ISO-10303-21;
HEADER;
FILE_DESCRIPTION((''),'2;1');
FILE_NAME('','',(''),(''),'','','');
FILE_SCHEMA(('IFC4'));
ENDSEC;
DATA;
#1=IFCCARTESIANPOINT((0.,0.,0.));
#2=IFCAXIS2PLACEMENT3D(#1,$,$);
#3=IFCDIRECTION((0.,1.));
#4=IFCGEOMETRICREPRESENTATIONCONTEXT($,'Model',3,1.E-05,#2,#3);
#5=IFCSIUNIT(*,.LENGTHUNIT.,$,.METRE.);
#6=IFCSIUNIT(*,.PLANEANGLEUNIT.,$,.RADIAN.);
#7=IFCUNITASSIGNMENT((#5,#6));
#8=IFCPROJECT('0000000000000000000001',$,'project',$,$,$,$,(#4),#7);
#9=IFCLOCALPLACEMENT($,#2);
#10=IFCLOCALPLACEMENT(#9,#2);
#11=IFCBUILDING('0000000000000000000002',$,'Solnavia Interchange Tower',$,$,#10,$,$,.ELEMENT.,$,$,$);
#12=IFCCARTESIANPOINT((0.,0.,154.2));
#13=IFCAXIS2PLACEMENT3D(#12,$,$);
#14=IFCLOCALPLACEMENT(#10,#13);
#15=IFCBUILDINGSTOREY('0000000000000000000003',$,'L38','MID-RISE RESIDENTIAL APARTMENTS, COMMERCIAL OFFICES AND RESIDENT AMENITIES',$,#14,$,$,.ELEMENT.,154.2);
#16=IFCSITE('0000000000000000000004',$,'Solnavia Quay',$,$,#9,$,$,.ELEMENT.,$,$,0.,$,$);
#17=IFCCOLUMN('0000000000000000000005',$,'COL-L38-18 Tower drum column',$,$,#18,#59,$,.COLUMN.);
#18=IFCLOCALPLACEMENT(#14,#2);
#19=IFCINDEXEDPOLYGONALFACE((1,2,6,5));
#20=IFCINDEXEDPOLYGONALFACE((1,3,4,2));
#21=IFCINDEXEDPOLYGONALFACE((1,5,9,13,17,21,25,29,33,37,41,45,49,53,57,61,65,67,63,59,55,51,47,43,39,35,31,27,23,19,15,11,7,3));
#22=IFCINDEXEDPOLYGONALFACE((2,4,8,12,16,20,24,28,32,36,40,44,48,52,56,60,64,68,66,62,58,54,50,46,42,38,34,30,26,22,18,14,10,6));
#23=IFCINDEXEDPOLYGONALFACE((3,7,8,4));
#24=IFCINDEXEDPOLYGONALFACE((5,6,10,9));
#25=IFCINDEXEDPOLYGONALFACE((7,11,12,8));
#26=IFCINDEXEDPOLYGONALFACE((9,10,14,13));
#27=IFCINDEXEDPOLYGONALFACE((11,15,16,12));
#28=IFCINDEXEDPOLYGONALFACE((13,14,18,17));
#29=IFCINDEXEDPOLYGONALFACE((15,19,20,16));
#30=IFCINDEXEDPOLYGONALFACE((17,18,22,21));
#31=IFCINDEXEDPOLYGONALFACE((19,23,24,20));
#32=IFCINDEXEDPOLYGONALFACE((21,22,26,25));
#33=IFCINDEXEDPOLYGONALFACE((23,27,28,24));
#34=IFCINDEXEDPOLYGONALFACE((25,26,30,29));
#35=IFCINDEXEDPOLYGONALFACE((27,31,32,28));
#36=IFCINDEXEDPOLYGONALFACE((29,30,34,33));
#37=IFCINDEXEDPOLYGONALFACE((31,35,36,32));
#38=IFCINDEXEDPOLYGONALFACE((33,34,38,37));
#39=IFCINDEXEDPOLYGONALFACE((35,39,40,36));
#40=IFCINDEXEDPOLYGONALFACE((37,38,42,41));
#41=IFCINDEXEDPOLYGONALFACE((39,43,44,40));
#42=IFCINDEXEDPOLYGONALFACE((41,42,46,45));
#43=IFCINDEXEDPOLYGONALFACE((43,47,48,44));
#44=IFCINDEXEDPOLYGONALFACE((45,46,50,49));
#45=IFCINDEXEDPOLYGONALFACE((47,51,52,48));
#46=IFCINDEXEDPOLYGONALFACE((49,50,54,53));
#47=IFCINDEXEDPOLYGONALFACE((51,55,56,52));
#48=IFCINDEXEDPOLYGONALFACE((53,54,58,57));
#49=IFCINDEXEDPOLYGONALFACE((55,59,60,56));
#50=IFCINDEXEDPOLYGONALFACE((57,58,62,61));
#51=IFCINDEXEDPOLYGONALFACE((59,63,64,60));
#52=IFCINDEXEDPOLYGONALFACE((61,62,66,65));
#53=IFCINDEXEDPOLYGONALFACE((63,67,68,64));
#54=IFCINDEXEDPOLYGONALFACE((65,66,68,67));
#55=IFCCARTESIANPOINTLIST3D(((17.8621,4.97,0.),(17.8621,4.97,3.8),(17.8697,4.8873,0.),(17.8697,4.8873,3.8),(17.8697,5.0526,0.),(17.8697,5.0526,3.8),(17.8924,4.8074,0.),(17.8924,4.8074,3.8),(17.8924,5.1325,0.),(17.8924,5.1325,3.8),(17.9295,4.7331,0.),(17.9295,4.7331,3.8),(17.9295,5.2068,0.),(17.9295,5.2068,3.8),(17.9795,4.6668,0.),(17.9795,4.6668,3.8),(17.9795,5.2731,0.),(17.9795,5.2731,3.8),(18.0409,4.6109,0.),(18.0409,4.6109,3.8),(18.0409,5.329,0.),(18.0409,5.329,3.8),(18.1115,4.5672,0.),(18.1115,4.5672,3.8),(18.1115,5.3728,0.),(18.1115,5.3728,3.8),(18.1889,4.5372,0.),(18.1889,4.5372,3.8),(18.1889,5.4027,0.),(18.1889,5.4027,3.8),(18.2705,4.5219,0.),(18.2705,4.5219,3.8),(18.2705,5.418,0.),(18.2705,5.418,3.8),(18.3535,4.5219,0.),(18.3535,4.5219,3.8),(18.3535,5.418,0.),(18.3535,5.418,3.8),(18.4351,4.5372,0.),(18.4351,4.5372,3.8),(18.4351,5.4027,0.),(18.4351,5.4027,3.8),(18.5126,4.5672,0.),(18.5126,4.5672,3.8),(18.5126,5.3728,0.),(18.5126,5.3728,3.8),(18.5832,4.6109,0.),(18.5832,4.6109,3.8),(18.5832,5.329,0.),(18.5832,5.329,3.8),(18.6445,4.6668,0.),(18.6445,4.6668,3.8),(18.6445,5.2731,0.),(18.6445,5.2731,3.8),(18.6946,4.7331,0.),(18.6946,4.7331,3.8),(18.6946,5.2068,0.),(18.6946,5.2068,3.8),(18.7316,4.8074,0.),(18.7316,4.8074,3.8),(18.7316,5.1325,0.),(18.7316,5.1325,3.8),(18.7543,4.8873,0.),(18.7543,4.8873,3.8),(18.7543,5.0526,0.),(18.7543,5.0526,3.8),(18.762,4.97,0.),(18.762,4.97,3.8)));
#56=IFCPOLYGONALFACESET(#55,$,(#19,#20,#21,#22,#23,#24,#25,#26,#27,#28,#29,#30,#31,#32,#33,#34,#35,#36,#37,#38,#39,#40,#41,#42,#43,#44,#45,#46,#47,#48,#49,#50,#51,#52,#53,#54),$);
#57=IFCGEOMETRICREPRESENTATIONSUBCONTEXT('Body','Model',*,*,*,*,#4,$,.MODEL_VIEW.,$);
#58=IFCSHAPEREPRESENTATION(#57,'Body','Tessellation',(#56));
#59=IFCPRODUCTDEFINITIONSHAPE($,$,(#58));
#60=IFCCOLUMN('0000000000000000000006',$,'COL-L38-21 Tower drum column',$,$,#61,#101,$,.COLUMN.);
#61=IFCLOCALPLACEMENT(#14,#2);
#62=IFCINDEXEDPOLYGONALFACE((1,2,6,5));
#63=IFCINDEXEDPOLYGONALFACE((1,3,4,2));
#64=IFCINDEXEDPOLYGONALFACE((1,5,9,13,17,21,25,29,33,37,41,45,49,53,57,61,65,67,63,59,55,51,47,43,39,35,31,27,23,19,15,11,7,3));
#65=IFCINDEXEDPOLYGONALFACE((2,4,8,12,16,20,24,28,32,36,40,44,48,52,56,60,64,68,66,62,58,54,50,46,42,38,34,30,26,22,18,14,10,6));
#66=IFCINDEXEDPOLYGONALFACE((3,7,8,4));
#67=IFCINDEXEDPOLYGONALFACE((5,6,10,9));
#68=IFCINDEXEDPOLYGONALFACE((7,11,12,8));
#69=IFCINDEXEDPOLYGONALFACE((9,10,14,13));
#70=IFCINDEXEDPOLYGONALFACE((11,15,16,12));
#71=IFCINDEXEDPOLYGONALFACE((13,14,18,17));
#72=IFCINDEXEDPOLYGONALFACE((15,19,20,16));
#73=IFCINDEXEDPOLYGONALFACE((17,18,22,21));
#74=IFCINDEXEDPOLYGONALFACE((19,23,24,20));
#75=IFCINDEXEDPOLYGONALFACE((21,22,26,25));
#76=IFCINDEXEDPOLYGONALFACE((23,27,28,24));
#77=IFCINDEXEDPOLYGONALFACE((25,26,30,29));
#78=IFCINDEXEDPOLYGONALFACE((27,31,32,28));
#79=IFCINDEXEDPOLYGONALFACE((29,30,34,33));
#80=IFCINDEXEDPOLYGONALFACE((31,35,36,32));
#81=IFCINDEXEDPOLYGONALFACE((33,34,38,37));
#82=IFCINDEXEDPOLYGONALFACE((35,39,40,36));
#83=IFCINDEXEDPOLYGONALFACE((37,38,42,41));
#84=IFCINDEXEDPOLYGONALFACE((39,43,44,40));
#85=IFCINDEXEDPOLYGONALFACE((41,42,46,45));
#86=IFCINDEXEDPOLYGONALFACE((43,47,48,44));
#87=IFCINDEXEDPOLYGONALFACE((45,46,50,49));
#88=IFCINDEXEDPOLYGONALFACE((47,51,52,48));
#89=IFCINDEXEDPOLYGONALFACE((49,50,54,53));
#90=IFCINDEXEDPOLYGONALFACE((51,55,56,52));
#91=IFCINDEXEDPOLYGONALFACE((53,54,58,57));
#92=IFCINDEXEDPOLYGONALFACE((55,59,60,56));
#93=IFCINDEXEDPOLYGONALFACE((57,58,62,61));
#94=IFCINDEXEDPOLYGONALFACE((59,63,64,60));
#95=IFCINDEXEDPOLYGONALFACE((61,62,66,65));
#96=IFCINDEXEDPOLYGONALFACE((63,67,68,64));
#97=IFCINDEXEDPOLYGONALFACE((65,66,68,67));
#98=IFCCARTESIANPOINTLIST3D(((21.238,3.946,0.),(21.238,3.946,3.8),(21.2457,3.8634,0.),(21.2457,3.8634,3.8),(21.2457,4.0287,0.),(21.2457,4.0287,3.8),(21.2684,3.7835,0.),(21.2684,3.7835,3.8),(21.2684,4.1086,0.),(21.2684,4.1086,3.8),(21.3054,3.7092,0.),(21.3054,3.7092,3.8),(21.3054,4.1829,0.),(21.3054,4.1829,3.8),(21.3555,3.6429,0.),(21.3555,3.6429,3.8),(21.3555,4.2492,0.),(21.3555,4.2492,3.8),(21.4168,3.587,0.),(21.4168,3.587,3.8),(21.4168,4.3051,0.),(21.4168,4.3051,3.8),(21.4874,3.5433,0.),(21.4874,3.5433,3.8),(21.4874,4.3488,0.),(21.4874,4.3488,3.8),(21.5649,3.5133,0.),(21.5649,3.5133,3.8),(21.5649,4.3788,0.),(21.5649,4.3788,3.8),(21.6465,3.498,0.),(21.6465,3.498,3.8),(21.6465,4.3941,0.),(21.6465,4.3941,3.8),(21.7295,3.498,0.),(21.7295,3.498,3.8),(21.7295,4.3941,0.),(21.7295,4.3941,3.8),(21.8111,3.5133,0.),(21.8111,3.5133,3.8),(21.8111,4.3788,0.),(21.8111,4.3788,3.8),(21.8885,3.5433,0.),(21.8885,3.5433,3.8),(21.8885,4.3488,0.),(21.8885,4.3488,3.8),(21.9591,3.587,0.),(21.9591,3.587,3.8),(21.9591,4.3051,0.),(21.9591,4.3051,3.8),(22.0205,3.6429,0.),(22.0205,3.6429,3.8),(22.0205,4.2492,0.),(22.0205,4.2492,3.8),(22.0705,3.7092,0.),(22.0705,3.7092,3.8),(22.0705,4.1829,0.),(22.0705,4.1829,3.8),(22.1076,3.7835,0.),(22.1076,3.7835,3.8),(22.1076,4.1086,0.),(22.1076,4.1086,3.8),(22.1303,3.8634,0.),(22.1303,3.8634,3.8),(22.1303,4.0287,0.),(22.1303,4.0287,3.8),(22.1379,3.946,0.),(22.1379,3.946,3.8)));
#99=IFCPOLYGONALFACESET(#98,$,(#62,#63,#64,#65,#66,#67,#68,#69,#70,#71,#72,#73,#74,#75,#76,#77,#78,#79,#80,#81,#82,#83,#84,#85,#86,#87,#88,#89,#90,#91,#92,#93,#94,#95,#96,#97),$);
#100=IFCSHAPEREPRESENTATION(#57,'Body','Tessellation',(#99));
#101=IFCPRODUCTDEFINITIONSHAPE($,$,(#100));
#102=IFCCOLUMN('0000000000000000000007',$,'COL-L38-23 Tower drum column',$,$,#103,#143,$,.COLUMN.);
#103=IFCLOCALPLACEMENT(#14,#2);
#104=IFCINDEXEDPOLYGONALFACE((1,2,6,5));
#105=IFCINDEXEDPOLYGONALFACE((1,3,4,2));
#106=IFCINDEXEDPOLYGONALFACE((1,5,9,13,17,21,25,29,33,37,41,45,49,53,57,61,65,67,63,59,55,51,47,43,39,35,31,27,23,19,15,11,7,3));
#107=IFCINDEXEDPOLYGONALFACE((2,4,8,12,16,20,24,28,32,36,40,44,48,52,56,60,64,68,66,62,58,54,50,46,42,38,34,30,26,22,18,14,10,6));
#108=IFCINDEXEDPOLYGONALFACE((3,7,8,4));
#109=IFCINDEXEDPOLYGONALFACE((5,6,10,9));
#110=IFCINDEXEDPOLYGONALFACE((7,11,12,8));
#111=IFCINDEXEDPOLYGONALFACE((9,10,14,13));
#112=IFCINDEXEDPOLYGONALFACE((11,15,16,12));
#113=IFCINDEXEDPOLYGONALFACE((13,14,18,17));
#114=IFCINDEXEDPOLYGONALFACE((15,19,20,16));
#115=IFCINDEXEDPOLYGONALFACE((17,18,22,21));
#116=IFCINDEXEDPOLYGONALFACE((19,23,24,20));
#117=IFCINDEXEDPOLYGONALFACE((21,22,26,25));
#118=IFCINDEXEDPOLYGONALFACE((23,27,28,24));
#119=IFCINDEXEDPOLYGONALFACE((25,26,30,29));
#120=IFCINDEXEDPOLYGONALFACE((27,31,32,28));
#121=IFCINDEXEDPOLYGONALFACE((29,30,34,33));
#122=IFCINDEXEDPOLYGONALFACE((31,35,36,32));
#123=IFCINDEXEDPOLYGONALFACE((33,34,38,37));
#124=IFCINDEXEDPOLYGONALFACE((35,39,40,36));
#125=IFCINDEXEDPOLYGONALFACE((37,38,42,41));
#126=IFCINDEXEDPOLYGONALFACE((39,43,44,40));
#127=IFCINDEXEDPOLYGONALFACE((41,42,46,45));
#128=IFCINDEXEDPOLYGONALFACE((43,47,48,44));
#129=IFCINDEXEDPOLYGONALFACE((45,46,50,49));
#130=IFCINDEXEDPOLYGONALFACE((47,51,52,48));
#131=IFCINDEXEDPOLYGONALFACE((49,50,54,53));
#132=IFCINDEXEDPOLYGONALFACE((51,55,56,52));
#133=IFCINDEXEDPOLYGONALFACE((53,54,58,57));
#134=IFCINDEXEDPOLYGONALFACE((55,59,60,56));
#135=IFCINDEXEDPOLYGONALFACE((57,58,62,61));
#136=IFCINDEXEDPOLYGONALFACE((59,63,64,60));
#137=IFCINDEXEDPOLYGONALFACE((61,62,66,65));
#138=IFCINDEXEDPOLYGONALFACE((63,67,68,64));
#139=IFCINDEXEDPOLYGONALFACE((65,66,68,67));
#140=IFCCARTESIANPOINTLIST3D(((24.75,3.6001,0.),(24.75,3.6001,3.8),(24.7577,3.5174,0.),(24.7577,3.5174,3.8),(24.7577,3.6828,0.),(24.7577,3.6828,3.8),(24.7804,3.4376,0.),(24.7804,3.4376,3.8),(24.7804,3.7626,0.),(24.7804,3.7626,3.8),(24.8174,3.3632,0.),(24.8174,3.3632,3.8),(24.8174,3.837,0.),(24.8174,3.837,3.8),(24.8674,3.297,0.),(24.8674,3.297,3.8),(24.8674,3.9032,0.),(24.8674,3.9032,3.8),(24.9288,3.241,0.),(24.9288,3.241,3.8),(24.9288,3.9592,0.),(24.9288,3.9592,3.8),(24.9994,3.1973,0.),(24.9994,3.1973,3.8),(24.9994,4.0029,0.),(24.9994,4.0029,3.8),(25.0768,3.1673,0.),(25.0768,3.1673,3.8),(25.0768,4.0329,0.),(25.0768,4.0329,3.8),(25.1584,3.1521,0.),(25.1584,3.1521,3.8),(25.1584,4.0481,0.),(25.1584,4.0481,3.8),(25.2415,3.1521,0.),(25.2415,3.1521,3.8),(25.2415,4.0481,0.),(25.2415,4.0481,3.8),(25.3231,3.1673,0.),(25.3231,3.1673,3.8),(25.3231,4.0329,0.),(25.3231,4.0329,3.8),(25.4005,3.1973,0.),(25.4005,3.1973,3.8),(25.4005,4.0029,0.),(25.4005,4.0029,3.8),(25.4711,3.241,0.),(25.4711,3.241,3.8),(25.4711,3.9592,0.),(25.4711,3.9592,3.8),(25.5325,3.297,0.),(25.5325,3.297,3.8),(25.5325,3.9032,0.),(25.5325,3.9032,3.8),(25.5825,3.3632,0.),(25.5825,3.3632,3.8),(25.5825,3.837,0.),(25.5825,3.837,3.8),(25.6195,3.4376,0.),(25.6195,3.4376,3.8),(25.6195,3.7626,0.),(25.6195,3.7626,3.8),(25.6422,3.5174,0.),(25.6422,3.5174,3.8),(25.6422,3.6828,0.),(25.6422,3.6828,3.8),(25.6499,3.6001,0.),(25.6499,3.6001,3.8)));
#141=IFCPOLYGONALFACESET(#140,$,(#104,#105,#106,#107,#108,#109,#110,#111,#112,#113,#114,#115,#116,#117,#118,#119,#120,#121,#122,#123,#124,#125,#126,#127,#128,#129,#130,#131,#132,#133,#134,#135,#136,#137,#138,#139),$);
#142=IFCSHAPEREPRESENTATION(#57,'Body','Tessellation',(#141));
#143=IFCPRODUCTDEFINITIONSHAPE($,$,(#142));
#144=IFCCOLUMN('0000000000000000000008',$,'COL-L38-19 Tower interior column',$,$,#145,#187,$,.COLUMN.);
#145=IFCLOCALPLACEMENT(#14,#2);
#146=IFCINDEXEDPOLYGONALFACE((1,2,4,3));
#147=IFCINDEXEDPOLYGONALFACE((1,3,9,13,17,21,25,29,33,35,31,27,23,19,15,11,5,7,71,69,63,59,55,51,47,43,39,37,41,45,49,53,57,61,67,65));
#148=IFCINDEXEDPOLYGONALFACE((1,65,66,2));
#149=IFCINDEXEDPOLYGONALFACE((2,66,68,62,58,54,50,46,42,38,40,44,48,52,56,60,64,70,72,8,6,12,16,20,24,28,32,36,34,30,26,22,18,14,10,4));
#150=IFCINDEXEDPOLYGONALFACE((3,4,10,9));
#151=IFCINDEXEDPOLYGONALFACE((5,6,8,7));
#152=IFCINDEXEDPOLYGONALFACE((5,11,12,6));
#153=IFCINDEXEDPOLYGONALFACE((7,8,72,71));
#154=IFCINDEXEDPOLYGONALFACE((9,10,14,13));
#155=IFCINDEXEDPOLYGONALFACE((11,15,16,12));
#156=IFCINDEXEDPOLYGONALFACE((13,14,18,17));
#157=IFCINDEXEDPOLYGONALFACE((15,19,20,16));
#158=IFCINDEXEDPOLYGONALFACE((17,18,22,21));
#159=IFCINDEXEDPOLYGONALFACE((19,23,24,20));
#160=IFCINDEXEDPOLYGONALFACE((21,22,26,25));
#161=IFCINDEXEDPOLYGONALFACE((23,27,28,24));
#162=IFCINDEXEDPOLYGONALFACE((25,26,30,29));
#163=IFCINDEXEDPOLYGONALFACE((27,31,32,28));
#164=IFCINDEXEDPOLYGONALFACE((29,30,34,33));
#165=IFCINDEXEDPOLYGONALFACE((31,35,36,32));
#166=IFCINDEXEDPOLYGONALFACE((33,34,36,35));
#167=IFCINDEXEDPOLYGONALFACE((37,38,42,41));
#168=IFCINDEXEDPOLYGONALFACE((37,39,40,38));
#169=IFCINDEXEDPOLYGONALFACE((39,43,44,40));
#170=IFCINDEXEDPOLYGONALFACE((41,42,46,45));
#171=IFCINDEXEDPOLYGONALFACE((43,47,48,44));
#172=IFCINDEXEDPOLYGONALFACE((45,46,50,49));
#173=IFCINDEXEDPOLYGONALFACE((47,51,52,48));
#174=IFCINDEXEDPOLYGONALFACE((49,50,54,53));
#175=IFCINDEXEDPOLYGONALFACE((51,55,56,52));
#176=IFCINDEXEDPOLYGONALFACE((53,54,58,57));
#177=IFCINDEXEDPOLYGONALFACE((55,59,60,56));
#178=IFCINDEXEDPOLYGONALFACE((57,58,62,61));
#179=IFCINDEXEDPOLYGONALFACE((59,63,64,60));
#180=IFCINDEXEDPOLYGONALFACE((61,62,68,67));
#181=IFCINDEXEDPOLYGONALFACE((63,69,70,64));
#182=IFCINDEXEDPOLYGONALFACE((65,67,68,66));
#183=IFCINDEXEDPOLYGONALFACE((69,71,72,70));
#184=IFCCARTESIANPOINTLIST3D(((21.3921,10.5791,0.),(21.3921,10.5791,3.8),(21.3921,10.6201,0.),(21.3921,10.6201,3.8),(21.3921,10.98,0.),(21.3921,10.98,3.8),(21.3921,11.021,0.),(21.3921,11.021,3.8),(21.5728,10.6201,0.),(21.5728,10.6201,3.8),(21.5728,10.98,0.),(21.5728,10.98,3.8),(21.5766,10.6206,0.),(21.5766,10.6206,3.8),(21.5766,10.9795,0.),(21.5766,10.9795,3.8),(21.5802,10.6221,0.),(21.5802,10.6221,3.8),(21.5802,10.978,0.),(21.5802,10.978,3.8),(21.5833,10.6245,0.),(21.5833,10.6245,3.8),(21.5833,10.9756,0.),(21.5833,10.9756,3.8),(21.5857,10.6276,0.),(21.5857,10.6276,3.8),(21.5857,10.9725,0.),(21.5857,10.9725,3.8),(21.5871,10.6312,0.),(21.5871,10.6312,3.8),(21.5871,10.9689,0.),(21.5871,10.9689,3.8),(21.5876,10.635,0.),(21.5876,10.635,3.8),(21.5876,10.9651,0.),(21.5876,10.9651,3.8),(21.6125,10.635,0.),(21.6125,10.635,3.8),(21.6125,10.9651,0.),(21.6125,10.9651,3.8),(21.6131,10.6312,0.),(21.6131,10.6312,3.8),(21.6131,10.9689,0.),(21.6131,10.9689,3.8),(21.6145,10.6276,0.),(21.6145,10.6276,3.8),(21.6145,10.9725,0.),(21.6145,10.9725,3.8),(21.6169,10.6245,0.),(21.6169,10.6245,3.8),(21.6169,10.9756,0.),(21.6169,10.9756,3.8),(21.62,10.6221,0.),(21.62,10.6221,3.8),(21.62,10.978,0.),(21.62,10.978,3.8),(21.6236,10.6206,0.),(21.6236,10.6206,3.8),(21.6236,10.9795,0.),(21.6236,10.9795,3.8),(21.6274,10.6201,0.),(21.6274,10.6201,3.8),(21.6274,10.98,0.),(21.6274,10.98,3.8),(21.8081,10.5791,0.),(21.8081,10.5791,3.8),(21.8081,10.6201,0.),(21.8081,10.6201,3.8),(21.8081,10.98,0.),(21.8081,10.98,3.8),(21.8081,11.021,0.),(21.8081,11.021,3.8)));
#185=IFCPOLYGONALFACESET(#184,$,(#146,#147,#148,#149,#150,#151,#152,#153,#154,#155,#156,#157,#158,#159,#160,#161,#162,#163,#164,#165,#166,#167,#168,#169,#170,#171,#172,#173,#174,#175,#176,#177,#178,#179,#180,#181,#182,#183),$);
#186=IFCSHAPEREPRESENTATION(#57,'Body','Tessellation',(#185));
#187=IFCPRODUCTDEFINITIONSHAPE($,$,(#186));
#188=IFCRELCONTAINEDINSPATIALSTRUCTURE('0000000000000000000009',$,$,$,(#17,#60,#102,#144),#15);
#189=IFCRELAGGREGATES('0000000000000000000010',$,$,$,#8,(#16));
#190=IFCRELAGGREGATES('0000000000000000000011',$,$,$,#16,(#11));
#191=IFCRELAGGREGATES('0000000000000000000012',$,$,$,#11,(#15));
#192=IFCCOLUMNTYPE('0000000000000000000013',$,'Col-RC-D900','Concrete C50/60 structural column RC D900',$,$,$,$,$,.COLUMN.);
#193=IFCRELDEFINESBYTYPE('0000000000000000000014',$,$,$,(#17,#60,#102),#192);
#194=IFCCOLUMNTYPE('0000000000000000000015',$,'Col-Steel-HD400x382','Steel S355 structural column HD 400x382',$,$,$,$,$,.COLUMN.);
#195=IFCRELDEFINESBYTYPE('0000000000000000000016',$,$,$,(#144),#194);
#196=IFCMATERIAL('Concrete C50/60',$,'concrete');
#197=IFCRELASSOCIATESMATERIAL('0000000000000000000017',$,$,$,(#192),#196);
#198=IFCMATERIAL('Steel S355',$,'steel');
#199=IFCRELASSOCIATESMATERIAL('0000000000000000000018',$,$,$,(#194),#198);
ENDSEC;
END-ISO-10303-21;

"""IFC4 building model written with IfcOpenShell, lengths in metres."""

from ifc_helpers import new_model, si_unit, direction, frame, origin, origin_2d, place, context, subcontext, project, spatial, circle, i_section, extrude, material, material_profile, profile_set, type_object, element, save


model = new_model("IFC4")

# Units and contexts
model_context = context("Model", 3, precision=1e-05, world=origin(), true_north=direction((0.0, 1.0)))
body_context = subcontext(model_context, "Body", "Model", "MODEL_VIEW")
ifc_project = project(units=[si_unit("LENGTHUNIT", "METRE"), si_unit("PLANEANGLEUNIT", "RADIAN")], contexts=[model_context])

# Site, building, storey
site_placement = place(None, origin())
site = spatial("IfcSite", under=ifc_project, at=site_placement, Name="Solnavia Quay", CompositionType="ELEMENT", RefElevation=0.0)
building_placement = place(site_placement, origin())
building = spatial("IfcBuilding", under=site, at=building_placement, Name="Solnavia Interchange Tower", CompositionType="ELEMENT")
storey_placement = place(building_placement, frame((0.0, 0.0, 154.2)))
storey = spatial("IfcBuildingStorey", under=building, at=storey_placement, Name="L38", Description="MID-RISE RESIDENTIAL APARTMENTS, COMMERCIAL OFFICES AND RESIDENT AMENITIES", CompositionType="ELEMENT", Elevation=154.2)

# Columns
ifc_material_1 = material(Name="Concrete C50/60", Category="concrete")
ifc_material_profile_1 = material_profile(ifc_material_1, circle(Radius=0.45, at=origin_2d()), Name="RC D900")
ifc_profile_set_1 = profile_set([ifc_material_profile_1], Name="Concrete C50/60")
column_type_1 = type_object("IfcColumnType", Name="Col-RC-D900", Description="Concrete C50/60 structural column RC D900", PredefinedType="COLUMN", material=ifc_profile_set_1)
for number, where, z_axis, x_axis, name in (
    (1, (18.312, 4.97, 0.0), (0.0, 0.0, 1.0), (1.0, 0.0, 0.0), "COL-L38-18 Tower drum column"),
    (2, (21.688, 3.946, 0.0), (0.0, 0.0, 1.0), (1.0, 0.0, 0.0), "COL-L38-21 Tower drum column"),
    (3, (25.2, 3.6001, 0.0), (0.0, 0.0, 1.0), (1.0, 0.0, 0.0), "COL-L38-23 Tower drum column"),
):
    element("IfcColumn", number, at=place(storey_placement, frame(where, z_axis=z_axis, x_axis=x_axis)), inside=storey, type_object=column_type_1, Name=name, PredefinedType="COLUMN", context=body_context, shape_type="SweptSolid", body=[
        extrude(circle(Radius=0.45, at=origin_2d()), origin(), (0.0, 0.0, 1.0), 3.8),
    ])
ifc_material_2 = material(Name="Steel S355", Category="steel")
ifc_material_profile_2 = material_profile(ifc_material_2, i_section(OverallWidth=0.416, OverallDepth=0.4419, WebThickness=0.0249, FlangeThickness=0.041, FilletRadius=0.0149, at=origin_2d()), Name="HD 400x382")
ifc_profile_set_2 = profile_set([ifc_material_profile_2], Name="Steel S355")
column_type_2 = type_object("IfcColumnType", Name="Col-Steel-HD400x382", Description="Steel S355 structural column HD 400x382", PredefinedType="COLUMN", material=ifc_profile_set_2)
column_placement = place(storey_placement, frame((21.6001, 10.8, 0.0), z_axis=(0.0, 0.0, 1.0), x_axis=(1.0, 0.0, 0.0)))
element("IfcColumn", 4, at=column_placement, inside=storey, type_object=column_type_2, Name="COL-L38-19 Tower interior column", PredefinedType="COLUMN", context=body_context, shape_type="SweptSolid", body=[
    extrude(i_section(OverallWidth=0.416, OverallDepth=0.4419, WebThickness=0.0249, FlangeThickness=0.041, FilletRadius=0.0149, at=origin_2d()), origin(), (0.0, 0.0, 1.0), 3.8),
])

save(model, "model.ifc")
